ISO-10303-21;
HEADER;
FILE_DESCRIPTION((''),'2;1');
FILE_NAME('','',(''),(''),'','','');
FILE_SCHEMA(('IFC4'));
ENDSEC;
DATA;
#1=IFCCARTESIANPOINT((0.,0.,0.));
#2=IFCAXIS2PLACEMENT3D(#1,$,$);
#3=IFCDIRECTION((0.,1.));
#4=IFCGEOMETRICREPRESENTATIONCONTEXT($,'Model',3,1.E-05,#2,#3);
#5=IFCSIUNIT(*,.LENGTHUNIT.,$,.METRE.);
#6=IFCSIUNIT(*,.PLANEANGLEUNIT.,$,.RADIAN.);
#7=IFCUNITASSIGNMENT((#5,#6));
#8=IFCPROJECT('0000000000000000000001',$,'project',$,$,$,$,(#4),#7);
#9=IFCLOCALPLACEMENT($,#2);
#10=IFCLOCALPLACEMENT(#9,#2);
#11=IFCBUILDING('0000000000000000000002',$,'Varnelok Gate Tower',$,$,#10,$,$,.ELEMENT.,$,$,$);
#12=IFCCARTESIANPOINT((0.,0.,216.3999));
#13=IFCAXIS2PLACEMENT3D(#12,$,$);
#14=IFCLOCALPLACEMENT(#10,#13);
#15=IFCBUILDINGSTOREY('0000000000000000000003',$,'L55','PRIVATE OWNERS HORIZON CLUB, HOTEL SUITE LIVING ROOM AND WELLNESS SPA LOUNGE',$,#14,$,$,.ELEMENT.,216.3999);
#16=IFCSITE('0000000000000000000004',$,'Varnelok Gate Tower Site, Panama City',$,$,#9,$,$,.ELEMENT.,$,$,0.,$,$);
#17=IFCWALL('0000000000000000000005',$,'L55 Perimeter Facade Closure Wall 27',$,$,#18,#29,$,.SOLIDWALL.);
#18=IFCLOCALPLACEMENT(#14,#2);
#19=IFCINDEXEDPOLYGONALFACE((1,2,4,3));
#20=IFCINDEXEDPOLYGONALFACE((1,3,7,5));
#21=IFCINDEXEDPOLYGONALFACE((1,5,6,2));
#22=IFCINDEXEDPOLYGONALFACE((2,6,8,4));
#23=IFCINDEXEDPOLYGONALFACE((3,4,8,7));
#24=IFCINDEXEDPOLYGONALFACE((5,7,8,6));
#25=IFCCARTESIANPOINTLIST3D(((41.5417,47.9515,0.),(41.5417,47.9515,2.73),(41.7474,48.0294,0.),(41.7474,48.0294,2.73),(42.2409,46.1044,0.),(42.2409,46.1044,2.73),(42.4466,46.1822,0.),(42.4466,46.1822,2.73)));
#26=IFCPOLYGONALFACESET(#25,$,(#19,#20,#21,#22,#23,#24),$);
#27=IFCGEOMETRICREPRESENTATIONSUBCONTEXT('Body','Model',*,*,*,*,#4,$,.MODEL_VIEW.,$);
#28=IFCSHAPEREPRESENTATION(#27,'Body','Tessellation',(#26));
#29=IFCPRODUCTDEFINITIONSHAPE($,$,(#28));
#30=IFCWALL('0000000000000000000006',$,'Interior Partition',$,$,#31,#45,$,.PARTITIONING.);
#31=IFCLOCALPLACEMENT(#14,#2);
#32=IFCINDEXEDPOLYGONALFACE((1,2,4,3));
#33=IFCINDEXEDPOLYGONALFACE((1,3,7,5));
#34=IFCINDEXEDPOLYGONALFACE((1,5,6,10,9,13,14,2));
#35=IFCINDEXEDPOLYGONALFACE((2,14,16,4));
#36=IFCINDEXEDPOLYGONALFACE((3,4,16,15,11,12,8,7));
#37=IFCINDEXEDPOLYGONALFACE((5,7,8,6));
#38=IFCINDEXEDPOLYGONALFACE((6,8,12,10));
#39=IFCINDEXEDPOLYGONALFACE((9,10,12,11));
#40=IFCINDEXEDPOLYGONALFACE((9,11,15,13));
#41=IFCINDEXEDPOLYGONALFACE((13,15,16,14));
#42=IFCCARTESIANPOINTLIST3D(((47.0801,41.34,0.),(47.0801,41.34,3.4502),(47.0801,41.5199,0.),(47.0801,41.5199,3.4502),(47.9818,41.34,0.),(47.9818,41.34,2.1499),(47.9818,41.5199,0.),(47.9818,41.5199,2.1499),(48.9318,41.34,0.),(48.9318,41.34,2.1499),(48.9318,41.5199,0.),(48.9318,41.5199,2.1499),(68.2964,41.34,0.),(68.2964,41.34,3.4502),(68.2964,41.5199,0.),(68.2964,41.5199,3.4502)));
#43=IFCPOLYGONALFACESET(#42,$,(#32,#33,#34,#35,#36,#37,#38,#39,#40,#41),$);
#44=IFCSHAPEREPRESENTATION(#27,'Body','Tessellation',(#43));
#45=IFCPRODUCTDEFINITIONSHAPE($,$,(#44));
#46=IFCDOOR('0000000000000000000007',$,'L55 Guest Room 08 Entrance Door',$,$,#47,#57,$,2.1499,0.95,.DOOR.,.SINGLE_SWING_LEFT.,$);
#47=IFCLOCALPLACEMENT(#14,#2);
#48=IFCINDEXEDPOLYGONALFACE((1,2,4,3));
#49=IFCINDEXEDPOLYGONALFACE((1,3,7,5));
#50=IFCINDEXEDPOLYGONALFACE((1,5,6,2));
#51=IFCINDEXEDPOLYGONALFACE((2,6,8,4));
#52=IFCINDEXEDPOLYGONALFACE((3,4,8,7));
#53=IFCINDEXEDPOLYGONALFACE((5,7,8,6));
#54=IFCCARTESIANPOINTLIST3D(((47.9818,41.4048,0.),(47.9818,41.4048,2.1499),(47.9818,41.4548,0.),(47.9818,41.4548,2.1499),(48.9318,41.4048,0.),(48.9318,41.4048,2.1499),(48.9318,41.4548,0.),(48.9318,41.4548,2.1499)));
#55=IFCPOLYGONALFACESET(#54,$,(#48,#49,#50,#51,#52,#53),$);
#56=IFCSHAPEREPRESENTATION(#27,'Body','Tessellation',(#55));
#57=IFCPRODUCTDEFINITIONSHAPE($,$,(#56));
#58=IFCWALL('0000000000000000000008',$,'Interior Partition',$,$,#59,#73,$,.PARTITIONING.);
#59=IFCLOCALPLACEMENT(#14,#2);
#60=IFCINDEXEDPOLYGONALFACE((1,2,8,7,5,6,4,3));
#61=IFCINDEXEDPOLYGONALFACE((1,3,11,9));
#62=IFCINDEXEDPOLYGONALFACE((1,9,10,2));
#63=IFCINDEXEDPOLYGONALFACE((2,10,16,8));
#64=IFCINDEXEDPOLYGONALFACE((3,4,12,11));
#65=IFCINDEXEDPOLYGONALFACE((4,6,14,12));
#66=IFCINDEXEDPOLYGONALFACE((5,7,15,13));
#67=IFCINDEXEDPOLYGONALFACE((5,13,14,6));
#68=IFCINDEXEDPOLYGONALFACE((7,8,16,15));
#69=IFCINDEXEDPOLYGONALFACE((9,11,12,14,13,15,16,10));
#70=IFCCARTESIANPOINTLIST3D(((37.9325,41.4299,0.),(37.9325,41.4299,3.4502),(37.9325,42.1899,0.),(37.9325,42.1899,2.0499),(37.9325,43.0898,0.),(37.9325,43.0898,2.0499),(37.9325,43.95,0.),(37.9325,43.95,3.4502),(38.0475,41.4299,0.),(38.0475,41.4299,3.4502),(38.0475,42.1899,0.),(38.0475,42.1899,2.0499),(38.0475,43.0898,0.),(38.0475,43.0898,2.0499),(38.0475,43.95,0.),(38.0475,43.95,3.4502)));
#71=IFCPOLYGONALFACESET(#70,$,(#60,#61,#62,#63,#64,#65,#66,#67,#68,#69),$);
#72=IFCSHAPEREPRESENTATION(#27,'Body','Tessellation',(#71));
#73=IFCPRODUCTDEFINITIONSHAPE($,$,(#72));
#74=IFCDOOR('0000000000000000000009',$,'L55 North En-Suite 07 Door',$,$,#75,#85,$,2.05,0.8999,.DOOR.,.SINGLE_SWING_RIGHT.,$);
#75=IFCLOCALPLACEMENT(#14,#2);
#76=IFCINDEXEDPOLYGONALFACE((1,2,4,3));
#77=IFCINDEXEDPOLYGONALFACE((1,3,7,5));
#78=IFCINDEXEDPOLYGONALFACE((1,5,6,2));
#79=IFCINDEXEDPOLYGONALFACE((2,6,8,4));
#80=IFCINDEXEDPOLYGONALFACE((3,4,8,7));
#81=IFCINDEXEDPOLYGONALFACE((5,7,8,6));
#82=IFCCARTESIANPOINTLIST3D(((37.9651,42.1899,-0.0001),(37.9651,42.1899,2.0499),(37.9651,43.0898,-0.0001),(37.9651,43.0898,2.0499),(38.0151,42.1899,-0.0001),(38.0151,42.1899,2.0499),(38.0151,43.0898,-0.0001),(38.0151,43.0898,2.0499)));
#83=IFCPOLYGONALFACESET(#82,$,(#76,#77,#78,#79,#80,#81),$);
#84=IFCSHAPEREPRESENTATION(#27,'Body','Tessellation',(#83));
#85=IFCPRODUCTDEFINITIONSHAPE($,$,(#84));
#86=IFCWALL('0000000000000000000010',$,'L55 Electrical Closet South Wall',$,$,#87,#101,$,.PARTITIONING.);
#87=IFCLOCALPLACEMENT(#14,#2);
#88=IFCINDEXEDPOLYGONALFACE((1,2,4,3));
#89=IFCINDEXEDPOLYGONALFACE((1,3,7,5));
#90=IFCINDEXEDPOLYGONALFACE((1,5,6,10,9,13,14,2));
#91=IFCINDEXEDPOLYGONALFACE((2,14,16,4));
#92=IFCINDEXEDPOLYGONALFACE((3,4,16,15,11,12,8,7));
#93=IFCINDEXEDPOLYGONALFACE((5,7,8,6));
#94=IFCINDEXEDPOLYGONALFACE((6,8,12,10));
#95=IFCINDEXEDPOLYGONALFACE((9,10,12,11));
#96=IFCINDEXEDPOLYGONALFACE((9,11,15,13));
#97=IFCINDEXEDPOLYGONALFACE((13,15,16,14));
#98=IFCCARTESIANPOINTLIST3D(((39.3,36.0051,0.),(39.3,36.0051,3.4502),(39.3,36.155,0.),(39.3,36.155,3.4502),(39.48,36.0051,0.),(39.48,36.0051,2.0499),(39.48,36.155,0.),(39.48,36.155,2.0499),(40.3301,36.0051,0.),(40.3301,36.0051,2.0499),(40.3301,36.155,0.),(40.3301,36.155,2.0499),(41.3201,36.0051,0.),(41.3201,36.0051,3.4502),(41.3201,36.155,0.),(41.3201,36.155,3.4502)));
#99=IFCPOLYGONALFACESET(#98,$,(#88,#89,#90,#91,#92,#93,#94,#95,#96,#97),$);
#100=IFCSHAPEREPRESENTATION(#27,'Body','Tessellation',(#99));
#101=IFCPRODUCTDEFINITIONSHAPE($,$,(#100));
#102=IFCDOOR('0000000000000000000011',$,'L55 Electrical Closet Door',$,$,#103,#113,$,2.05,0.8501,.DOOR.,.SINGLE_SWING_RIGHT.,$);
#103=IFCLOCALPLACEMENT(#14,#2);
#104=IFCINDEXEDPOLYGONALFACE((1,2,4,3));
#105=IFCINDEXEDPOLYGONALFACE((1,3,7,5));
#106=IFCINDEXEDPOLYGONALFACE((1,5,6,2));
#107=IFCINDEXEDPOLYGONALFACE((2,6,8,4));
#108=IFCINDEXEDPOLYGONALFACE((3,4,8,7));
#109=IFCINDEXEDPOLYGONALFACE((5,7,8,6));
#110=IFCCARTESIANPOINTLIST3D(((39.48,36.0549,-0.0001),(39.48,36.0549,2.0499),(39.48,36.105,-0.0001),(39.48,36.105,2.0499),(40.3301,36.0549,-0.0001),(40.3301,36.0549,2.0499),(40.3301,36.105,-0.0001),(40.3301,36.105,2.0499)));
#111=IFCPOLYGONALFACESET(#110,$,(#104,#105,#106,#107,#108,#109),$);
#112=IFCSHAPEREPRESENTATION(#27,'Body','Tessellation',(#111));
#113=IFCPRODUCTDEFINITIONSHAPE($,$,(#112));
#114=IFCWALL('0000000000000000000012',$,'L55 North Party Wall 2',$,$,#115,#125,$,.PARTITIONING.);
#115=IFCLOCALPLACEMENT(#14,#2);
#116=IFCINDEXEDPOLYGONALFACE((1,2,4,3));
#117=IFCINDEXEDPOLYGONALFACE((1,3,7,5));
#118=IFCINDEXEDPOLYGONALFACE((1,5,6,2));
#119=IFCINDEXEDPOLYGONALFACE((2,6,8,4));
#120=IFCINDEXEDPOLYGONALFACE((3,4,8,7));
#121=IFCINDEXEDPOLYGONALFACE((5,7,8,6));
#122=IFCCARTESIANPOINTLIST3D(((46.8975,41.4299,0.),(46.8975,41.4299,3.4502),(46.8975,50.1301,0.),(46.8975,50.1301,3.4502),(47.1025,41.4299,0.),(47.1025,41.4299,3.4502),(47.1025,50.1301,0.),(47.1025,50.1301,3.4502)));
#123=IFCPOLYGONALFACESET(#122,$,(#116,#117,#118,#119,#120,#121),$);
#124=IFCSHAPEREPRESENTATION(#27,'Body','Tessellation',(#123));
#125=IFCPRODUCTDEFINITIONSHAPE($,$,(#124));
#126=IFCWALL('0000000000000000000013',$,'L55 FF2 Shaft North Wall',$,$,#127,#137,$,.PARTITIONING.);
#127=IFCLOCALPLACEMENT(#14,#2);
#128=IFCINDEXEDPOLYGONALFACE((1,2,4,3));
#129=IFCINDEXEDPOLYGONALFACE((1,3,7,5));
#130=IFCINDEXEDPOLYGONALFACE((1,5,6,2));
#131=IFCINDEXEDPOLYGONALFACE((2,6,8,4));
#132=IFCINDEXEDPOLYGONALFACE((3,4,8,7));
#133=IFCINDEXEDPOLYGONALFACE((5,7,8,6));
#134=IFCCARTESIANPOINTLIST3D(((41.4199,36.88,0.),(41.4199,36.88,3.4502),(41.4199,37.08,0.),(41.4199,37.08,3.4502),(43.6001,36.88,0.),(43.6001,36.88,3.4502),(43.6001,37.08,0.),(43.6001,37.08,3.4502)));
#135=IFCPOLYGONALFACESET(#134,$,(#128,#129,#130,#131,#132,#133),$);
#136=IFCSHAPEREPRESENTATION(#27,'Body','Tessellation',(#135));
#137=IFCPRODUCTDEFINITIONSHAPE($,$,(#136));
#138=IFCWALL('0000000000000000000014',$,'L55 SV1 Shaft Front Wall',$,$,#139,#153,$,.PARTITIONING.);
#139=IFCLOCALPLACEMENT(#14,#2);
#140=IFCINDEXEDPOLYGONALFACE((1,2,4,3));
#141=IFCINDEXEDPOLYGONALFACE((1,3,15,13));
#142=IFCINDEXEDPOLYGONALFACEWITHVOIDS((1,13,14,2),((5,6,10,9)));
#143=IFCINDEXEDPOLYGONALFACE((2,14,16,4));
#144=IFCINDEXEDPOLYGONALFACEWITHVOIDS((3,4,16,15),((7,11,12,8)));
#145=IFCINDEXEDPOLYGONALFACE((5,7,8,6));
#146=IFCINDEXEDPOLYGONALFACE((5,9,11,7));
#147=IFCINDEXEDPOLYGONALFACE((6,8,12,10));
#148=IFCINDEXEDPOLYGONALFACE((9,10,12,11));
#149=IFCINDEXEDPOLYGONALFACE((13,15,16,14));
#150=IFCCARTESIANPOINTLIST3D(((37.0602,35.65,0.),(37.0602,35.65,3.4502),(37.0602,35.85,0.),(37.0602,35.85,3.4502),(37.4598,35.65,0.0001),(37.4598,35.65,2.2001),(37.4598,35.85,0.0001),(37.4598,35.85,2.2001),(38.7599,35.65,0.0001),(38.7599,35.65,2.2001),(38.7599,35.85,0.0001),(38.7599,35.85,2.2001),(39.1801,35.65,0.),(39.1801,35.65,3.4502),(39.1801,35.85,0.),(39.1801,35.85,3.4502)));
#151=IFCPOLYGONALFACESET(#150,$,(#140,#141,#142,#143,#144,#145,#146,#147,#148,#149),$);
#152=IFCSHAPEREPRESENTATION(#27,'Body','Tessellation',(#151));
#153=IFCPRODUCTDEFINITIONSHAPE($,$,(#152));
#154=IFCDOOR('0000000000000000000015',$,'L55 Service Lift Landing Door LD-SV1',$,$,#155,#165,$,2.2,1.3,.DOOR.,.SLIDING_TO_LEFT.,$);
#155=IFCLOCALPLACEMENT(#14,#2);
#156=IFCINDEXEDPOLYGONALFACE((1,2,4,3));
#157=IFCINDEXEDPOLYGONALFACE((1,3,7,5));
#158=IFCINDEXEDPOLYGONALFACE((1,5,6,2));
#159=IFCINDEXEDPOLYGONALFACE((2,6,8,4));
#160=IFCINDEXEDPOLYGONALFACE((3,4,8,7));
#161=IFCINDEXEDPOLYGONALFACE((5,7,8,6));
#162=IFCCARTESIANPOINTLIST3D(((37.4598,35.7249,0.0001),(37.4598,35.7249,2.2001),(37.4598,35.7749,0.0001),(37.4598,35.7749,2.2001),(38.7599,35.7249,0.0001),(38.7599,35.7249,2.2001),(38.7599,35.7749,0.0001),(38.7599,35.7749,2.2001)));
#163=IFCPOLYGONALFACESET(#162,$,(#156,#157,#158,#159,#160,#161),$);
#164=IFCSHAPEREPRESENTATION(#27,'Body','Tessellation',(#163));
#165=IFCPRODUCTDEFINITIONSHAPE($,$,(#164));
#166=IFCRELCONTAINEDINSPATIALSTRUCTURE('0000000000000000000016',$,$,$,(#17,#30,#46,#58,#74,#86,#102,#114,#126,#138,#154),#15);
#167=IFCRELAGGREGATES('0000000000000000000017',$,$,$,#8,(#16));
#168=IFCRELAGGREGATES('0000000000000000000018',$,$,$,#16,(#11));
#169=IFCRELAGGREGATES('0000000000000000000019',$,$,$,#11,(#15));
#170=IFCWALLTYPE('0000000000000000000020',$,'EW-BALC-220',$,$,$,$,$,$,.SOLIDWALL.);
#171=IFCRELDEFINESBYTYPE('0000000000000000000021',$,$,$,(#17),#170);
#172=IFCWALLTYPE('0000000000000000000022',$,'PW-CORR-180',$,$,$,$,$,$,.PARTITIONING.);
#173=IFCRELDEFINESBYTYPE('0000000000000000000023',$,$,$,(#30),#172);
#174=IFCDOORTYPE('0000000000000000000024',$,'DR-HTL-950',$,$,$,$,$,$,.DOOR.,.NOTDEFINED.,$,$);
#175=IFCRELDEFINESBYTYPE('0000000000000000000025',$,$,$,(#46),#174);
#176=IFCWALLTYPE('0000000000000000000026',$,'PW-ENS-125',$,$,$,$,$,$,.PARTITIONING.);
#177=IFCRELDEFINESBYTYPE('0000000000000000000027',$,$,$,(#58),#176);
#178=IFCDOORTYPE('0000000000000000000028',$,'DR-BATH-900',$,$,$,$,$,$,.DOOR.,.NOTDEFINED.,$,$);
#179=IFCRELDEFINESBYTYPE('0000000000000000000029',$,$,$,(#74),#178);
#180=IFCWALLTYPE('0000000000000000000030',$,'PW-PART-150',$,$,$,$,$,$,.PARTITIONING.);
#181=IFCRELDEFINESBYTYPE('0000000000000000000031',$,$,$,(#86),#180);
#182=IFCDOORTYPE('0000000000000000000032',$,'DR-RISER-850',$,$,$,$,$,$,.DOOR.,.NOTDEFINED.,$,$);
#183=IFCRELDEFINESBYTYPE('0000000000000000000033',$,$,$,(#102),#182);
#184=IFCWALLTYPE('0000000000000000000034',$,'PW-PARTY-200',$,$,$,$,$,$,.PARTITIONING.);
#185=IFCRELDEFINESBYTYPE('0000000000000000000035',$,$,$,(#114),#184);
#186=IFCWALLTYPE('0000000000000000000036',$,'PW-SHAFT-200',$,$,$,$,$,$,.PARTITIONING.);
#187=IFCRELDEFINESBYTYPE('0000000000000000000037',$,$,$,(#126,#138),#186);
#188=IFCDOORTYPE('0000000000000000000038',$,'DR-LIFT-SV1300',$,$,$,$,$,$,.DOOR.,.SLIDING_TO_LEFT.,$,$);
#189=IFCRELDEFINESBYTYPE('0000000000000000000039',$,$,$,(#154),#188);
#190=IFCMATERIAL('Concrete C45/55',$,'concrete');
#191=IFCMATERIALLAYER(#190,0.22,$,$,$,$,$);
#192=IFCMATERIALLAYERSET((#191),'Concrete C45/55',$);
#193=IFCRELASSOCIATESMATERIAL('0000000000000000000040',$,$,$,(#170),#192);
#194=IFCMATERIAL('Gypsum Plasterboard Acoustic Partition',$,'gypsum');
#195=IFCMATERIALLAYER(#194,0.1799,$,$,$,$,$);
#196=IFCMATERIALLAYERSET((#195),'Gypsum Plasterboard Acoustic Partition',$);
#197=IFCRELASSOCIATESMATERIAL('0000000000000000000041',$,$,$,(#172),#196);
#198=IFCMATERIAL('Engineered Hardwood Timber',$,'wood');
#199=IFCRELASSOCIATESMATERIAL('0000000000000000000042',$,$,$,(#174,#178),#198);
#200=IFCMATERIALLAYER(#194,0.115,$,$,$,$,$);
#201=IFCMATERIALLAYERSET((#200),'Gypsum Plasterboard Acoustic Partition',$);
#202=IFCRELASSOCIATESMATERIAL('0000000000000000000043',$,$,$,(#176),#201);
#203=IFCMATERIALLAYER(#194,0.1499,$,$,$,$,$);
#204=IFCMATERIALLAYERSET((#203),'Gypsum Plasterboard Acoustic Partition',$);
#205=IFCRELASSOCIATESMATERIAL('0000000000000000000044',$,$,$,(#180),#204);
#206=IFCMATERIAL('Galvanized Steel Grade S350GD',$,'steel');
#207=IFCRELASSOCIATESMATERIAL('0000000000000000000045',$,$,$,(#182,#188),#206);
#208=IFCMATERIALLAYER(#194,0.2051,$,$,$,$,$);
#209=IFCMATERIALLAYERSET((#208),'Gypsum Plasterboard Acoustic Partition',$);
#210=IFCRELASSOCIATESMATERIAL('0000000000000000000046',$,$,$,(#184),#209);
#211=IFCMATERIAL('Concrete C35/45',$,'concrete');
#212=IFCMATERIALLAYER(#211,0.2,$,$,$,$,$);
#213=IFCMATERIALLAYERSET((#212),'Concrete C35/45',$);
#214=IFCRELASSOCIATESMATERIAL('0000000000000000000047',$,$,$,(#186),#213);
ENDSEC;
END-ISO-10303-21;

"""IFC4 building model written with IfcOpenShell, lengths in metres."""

from ifc_helpers import new_model, si_unit, direction, frame, frame_2d, origin, place, context, subcontext, project, spatial, rectangle, extrude, material, layer, layer_set, type_object, element, fill, save


model = new_model("IFC4")

# Units and contexts
model_context = context("Model", 3, precision=1e-05, world=origin(), true_north=direction((0.0, 1.0)))
body_context = subcontext(model_context, "Body", "Model", "MODEL_VIEW")
ifc_project = project(units=[si_unit("LENGTHUNIT", "METRE"), si_unit("PLANEANGLEUNIT", "RADIAN")], contexts=[model_context])

# Site, building, storey
site_placement = place(None, origin())
site = spatial("IfcSite", under=ifc_project, at=site_placement, Name="Varnelok Gate Tower Site, Panama City", CompositionType="ELEMENT", RefElevation=0.0)
building_placement = place(site_placement, origin())
building = spatial("IfcBuilding", under=site, at=building_placement, Name="Varnelok Gate Tower", CompositionType="ELEMENT")
storey_placement = place(building_placement, frame((0.0, 0.0, 216.3999)))
storey = spatial("IfcBuildingStorey", under=building, at=storey_placement, Name="L55", Description="PRIVATE OWNERS HORIZON CLUB, HOTEL SUITE LIVING ROOM AND WELLNESS SPA LOUNGE", CompositionType="ELEMENT", Elevation=216.3999)

# Wall
ifc_material_1 = material(Name="Concrete C45/55", Category="concrete")
ifc_layer_1 = layer(ifc_material_1, 0.22)
ifc_layer_set_1 = layer_set([ifc_layer_1], Name="Concrete C45/55")
wall_type_1 = type_object("IfcWallType", Name="EW-BALC-220", PredefinedType="SOLIDWALL", material=ifc_layer_set_1)
wall_1_placement = place(storey_placement, frame((41.6445, 47.9905, 0.0), z_axis=(0.0, 0.0, 1.0), x_axis=(0.354021, -0.935238, 0.0)))
element("IfcWall", 1, at=wall_1_placement, inside=storey, type_object=wall_type_1, Name="L55 Perimeter Facade Closure Wall 27", PredefinedType="SOLIDWALL", context=body_context, shape_type="SweptSolid", body=[
    extrude(rectangle(XDim=1.9751, YDim=0.22, at=frame_2d((0.9875, 0.0))), origin(), (0.0, 0.0, 1.0), 2.73),
])

# Walls, openings, doors
ifc_material_2 = material(Name="Gypsum Plasterboard Acoustic Partition", Category="gypsum")
ifc_layer_2 = layer(ifc_material_2, 0.1799)
ifc_layer_set_2 = layer_set([ifc_layer_2], Name="Gypsum Plasterboard Acoustic Partition")
wall_type_2 = type_object("IfcWallType", Name="PW-CORR-180", PredefinedType="PARTITIONING", material=ifc_layer_set_2)
wall_2_placement = place(storey_placement, frame((47.0801, 41.4299, 0.0), z_axis=(0.0, 0.0, 1.0), x_axis=(1.0, 0.0, 0.0)))
wall_2 = element("IfcWall", 2, at=wall_2_placement, inside=storey, type_object=wall_type_2, Name="Interior Partition", PredefinedType="PARTITIONING", context=body_context, shape_type="SweptSolid", body=[
    extrude(rectangle(XDim=21.2163, YDim=0.1799, at=frame_2d((10.6082, 0.0))), origin(), (0.0, 0.0, 1.0), 3.4502),
])
opening_1_placement = place(wall_2_placement, frame((0.9016, 0.0, 0.0)))
opening_1 = element("IfcOpeningElement", 3, at=opening_1_placement, cuts=wall_2, PredefinedType="OPENING", context=body_context, shape_type="SweptSolid", body=[
    extrude(rectangle(XDim=0.95, YDim=2.1499, at=frame_2d((0.4751, 1.075))), frame((0.0, 0.0999, 0.0), z_axis=(0.0, -1.0, 0.0), x_axis=(1.0, 0.0, 0.0)), (0.0, 0.0, 1.0), 0.2),
])
ifc_material_3 = material(Name="Engineered Hardwood Timber", Category="wood")
door_type_1 = type_object("IfcDoorType", Name="DR-HTL-950", OperationType="NOTDEFINED", PredefinedType="DOOR", material=ifc_material_3)
door_1_placement = place(opening_1_placement, origin())
door_1 = element("IfcDoor", 4, at=door_1_placement, inside=storey, type_object=door_type_1, Name="L55 Guest Room 08 Entrance Door", OperationType="SINGLE_SWING_LEFT", OverallHeight=2.1499, OverallWidth=0.95, PredefinedType="DOOR", context=body_context, shape_type="SweptSolid", body=[
    extrude(rectangle(XDim=0.95, YDim=2.1499, at=frame_2d((0.4751, 1.075))), frame((0.0, 0.0249, 0.0), z_axis=(0.0, -1.0, 0.0), x_axis=(1.0, 0.0, 0.0)), (0.0, 0.0, 1.0), 0.05),
])
fill(opening_1, door_1)
ifc_layer_3 = layer(ifc_material_2, 0.115)
ifc_layer_set_3 = layer_set([ifc_layer_3], Name="Gypsum Plasterboard Acoustic Partition")
wall_type_3 = type_object("IfcWallType", Name="PW-ENS-125", PredefinedType="PARTITIONING", material=ifc_layer_set_3)
wall_3_placement = place(storey_placement, frame((37.99, 41.4299, 0.0), z_axis=(0.0, 0.0, 1.0), x_axis=(0.0, 1.0, 0.0)))
wall_3 = element("IfcWall", 5, at=wall_3_placement, inside=storey, type_object=wall_type_3, Name="Interior Partition", PredefinedType="PARTITIONING", context=body_context, shape_type="SweptSolid", body=[
    extrude(rectangle(XDim=2.52, YDim=0.115, at=frame_2d((1.26, 0.0))), origin(), (0.0, 0.0, 1.0), 3.4502),
])
opening_2_placement = place(wall_3_placement, frame((0.76, 0.0, 0.0)))
opening_2 = element("IfcOpeningElement", 6, at=opening_2_placement, cuts=wall_3, PredefinedType="OPENING", context=body_context, shape_type="SweptSolid", body=[
    extrude(rectangle(XDim=0.8999, YDim=2.05, at=frame_2d((0.45, 1.0249))), frame((0.0, 0.0674, 0.0), z_axis=(0.0, -1.0, 0.0), x_axis=(1.0, 0.0, 0.0)), (0.0, 0.0, 1.0), 0.135),
])
door_type_2 = type_object("IfcDoorType", Name="DR-BATH-900", OperationType="NOTDEFINED", PredefinedType="DOOR", material=ifc_material_3)
door_2_placement = place(opening_2_placement, origin())
door_2 = element("IfcDoor", 7, at=door_2_placement, inside=storey, type_object=door_type_2, Name="L55 North En-Suite 07 Door", OperationType="SINGLE_SWING_RIGHT", OverallHeight=2.05, OverallWidth=0.8999, PredefinedType="DOOR", context=body_context, shape_type="SweptSolid", body=[
    extrude(rectangle(XDim=0.8999, YDim=2.05, at=frame_2d((0.45, 1.0249))), frame((0.0, 0.0249, 0.0), z_axis=(0.0, -1.0, 0.0), x_axis=(1.0, 0.0, 0.0)), (0.0, 0.0, 1.0), 0.05),
])
fill(opening_2, door_2)
ifc_layer_4 = layer(ifc_material_2, 0.1499)
ifc_layer_set_4 = layer_set([ifc_layer_4], Name="Gypsum Plasterboard Acoustic Partition")
wall_type_4 = type_object("IfcWallType", Name="PW-PART-150", PredefinedType="PARTITIONING", material=ifc_layer_set_4)
wall_4_placement = place(storey_placement, frame((39.3, 36.0801, 0.0), z_axis=(0.0, 0.0, 1.0), x_axis=(1.0, 0.0, 0.0)))
wall_4 = element("IfcWall", 8, at=wall_4_placement, inside=storey, type_object=wall_type_4, Name="L55 Electrical Closet South Wall", PredefinedType="PARTITIONING", context=body_context, shape_type="SweptSolid", body=[
    extrude(rectangle(XDim=2.02, YDim=0.1499, at=frame_2d((1.01, 0.0))), origin(), (0.0, 0.0, 1.0), 3.4502),
])
opening_3_placement = place(wall_4_placement, frame((0.1799, 0.0, 0.0)))
opening_3 = element("IfcOpeningElement", 9, at=opening_3_placement, cuts=wall_4, PredefinedType="OPENING", context=body_context, shape_type="SweptSolid", body=[
    extrude(rectangle(XDim=0.8501, YDim=2.05, at=frame_2d((0.425, 1.0249))), frame((0.0, 0.085, 0.0), z_axis=(0.0, -1.0, 0.0), x_axis=(1.0, 0.0, 0.0)), (0.0, 0.0, 1.0), 0.1699),
])
ifc_material_4 = material(Name="Galvanized Steel Grade S350GD", Category="steel")
door_type_3 = type_object("IfcDoorType", Name="DR-RISER-850", OperationType="NOTDEFINED", PredefinedType="DOOR", material=ifc_material_4)
door_3_placement = place(opening_3_placement, origin())
door_3 = element("IfcDoor", 10, at=door_3_placement, inside=storey, type_object=door_type_3, Name="L55 Electrical Closet Door", OperationType="SINGLE_SWING_RIGHT", OverallHeight=2.05, OverallWidth=0.8501, PredefinedType="DOOR", context=body_context, shape_type="SweptSolid", body=[
    extrude(rectangle(XDim=0.8501, YDim=2.05, at=frame_2d((0.425, 1.0249))), frame((0.0, 0.0249, 0.0), z_axis=(0.0, -1.0, 0.0), x_axis=(1.0, 0.0, 0.0)), (0.0, 0.0, 1.0), 0.05),
])
fill(opening_3, door_3)

# Walls
ifc_layer_5 = layer(ifc_material_2, 0.2051)
ifc_layer_set_5 = layer_set([ifc_layer_5], Name="Gypsum Plasterboard Acoustic Partition")
wall_type_5 = type_object("IfcWallType", Name="PW-PARTY-200", PredefinedType="PARTITIONING", material=ifc_layer_set_5)
wall_5_placement = place(storey_placement, frame((47.0, 41.4299, 0.0), z_axis=(0.0, 0.0, 1.0), x_axis=(0.0, 1.0, 0.0)))
element("IfcWall", 11, at=wall_5_placement, inside=storey, type_object=wall_type_5, Name="L55 North Party Wall 2", PredefinedType="PARTITIONING", context=body_context, shape_type="SweptSolid", body=[
    extrude(rectangle(XDim=8.7002, YDim=0.2051, at=frame_2d((4.3501, 0.0))), origin(), (0.0, 0.0, 1.0), 3.4502),
])
ifc_material_5 = material(Name="Concrete C35/45", Category="concrete")
ifc_layer_6 = layer(ifc_material_5, 0.2)
ifc_layer_set_6 = layer_set([ifc_layer_6], Name="Concrete C35/45")
wall_type_6 = type_object("IfcWallType", Name="PW-SHAFT-200", PredefinedType="PARTITIONING", material=ifc_layer_set_6)
wall_6_placement = place(storey_placement, frame((41.4199, 36.98, 0.0), z_axis=(0.0, 0.0, 1.0), x_axis=(1.0, 0.0, 0.0)))
element("IfcWall", 12, at=wall_6_placement, inside=storey, type_object=wall_type_6, Name="L55 FF2 Shaft North Wall", PredefinedType="PARTITIONING", context=body_context, shape_type="SweptSolid", body=[
    extrude(rectangle(XDim=2.1802, YDim=0.2, at=frame_2d((1.0901, 0.0))), origin(), (0.0, 0.0, 1.0), 3.4502),
])

# Wall, opening, door
wall_7_placement = place(storey_placement, frame((37.0601, 35.75, 0.0), z_axis=(0.0, 0.0, 1.0), x_axis=(1.0, 0.0, 0.0)))
wall_7 = element("IfcWall", 13, at=wall_7_placement, inside=storey, type_object=wall_type_6, Name="L55 SV1 Shaft Front Wall", PredefinedType="PARTITIONING", context=body_context, shape_type="SweptSolid", body=[
    extrude(rectangle(XDim=2.1199, YDim=0.2, at=frame_2d((1.0601, 0.0))), origin(), (0.0, 0.0, 1.0), 3.4502),
])
opening_4_placement = place(wall_7_placement, frame((0.3999, 0.0, 0.0)))
opening_4 = element("IfcOpeningElement", 14, at=opening_4_placement, cuts=wall_7, PredefinedType="OPENING", context=body_context, shape_type="SweptSolid", body=[
    extrude(rectangle(XDim=1.3, YDim=2.2, at=frame_2d((0.6499, 1.1001))), frame((0.0, 0.1099, 0.0), z_axis=(0.0, -1.0, 0.0), x_axis=(1.0, 0.0, 0.0)), (0.0, 0.0, 1.0), 0.22),
])
door_type_4 = type_object("IfcDoorType", Name="DR-LIFT-SV1300", OperationType="SLIDING_TO_LEFT", PredefinedType="DOOR", material=ifc_material_4)
door_4_placement = place(opening_4_placement, origin())
door_4 = element("IfcDoor", 15, at=door_4_placement, inside=storey, type_object=door_type_4, Name="L55 Service Lift Landing Door LD-SV1", OperationType="SLIDING_TO_LEFT", OverallHeight=2.2, OverallWidth=1.3, PredefinedType="DOOR", context=body_context, shape_type="SweptSolid", body=[
    extrude(rectangle(XDim=1.3, YDim=2.2, at=frame_2d((0.6499, 1.1001))), frame((0.0, 0.0249, 0.0), z_axis=(0.0, -1.0, 0.0), x_axis=(1.0, 0.0, 0.0)), (0.0, 0.0, 1.0), 0.05),
])
fill(opening_4, door_4)

save(model, "model.ifc")
